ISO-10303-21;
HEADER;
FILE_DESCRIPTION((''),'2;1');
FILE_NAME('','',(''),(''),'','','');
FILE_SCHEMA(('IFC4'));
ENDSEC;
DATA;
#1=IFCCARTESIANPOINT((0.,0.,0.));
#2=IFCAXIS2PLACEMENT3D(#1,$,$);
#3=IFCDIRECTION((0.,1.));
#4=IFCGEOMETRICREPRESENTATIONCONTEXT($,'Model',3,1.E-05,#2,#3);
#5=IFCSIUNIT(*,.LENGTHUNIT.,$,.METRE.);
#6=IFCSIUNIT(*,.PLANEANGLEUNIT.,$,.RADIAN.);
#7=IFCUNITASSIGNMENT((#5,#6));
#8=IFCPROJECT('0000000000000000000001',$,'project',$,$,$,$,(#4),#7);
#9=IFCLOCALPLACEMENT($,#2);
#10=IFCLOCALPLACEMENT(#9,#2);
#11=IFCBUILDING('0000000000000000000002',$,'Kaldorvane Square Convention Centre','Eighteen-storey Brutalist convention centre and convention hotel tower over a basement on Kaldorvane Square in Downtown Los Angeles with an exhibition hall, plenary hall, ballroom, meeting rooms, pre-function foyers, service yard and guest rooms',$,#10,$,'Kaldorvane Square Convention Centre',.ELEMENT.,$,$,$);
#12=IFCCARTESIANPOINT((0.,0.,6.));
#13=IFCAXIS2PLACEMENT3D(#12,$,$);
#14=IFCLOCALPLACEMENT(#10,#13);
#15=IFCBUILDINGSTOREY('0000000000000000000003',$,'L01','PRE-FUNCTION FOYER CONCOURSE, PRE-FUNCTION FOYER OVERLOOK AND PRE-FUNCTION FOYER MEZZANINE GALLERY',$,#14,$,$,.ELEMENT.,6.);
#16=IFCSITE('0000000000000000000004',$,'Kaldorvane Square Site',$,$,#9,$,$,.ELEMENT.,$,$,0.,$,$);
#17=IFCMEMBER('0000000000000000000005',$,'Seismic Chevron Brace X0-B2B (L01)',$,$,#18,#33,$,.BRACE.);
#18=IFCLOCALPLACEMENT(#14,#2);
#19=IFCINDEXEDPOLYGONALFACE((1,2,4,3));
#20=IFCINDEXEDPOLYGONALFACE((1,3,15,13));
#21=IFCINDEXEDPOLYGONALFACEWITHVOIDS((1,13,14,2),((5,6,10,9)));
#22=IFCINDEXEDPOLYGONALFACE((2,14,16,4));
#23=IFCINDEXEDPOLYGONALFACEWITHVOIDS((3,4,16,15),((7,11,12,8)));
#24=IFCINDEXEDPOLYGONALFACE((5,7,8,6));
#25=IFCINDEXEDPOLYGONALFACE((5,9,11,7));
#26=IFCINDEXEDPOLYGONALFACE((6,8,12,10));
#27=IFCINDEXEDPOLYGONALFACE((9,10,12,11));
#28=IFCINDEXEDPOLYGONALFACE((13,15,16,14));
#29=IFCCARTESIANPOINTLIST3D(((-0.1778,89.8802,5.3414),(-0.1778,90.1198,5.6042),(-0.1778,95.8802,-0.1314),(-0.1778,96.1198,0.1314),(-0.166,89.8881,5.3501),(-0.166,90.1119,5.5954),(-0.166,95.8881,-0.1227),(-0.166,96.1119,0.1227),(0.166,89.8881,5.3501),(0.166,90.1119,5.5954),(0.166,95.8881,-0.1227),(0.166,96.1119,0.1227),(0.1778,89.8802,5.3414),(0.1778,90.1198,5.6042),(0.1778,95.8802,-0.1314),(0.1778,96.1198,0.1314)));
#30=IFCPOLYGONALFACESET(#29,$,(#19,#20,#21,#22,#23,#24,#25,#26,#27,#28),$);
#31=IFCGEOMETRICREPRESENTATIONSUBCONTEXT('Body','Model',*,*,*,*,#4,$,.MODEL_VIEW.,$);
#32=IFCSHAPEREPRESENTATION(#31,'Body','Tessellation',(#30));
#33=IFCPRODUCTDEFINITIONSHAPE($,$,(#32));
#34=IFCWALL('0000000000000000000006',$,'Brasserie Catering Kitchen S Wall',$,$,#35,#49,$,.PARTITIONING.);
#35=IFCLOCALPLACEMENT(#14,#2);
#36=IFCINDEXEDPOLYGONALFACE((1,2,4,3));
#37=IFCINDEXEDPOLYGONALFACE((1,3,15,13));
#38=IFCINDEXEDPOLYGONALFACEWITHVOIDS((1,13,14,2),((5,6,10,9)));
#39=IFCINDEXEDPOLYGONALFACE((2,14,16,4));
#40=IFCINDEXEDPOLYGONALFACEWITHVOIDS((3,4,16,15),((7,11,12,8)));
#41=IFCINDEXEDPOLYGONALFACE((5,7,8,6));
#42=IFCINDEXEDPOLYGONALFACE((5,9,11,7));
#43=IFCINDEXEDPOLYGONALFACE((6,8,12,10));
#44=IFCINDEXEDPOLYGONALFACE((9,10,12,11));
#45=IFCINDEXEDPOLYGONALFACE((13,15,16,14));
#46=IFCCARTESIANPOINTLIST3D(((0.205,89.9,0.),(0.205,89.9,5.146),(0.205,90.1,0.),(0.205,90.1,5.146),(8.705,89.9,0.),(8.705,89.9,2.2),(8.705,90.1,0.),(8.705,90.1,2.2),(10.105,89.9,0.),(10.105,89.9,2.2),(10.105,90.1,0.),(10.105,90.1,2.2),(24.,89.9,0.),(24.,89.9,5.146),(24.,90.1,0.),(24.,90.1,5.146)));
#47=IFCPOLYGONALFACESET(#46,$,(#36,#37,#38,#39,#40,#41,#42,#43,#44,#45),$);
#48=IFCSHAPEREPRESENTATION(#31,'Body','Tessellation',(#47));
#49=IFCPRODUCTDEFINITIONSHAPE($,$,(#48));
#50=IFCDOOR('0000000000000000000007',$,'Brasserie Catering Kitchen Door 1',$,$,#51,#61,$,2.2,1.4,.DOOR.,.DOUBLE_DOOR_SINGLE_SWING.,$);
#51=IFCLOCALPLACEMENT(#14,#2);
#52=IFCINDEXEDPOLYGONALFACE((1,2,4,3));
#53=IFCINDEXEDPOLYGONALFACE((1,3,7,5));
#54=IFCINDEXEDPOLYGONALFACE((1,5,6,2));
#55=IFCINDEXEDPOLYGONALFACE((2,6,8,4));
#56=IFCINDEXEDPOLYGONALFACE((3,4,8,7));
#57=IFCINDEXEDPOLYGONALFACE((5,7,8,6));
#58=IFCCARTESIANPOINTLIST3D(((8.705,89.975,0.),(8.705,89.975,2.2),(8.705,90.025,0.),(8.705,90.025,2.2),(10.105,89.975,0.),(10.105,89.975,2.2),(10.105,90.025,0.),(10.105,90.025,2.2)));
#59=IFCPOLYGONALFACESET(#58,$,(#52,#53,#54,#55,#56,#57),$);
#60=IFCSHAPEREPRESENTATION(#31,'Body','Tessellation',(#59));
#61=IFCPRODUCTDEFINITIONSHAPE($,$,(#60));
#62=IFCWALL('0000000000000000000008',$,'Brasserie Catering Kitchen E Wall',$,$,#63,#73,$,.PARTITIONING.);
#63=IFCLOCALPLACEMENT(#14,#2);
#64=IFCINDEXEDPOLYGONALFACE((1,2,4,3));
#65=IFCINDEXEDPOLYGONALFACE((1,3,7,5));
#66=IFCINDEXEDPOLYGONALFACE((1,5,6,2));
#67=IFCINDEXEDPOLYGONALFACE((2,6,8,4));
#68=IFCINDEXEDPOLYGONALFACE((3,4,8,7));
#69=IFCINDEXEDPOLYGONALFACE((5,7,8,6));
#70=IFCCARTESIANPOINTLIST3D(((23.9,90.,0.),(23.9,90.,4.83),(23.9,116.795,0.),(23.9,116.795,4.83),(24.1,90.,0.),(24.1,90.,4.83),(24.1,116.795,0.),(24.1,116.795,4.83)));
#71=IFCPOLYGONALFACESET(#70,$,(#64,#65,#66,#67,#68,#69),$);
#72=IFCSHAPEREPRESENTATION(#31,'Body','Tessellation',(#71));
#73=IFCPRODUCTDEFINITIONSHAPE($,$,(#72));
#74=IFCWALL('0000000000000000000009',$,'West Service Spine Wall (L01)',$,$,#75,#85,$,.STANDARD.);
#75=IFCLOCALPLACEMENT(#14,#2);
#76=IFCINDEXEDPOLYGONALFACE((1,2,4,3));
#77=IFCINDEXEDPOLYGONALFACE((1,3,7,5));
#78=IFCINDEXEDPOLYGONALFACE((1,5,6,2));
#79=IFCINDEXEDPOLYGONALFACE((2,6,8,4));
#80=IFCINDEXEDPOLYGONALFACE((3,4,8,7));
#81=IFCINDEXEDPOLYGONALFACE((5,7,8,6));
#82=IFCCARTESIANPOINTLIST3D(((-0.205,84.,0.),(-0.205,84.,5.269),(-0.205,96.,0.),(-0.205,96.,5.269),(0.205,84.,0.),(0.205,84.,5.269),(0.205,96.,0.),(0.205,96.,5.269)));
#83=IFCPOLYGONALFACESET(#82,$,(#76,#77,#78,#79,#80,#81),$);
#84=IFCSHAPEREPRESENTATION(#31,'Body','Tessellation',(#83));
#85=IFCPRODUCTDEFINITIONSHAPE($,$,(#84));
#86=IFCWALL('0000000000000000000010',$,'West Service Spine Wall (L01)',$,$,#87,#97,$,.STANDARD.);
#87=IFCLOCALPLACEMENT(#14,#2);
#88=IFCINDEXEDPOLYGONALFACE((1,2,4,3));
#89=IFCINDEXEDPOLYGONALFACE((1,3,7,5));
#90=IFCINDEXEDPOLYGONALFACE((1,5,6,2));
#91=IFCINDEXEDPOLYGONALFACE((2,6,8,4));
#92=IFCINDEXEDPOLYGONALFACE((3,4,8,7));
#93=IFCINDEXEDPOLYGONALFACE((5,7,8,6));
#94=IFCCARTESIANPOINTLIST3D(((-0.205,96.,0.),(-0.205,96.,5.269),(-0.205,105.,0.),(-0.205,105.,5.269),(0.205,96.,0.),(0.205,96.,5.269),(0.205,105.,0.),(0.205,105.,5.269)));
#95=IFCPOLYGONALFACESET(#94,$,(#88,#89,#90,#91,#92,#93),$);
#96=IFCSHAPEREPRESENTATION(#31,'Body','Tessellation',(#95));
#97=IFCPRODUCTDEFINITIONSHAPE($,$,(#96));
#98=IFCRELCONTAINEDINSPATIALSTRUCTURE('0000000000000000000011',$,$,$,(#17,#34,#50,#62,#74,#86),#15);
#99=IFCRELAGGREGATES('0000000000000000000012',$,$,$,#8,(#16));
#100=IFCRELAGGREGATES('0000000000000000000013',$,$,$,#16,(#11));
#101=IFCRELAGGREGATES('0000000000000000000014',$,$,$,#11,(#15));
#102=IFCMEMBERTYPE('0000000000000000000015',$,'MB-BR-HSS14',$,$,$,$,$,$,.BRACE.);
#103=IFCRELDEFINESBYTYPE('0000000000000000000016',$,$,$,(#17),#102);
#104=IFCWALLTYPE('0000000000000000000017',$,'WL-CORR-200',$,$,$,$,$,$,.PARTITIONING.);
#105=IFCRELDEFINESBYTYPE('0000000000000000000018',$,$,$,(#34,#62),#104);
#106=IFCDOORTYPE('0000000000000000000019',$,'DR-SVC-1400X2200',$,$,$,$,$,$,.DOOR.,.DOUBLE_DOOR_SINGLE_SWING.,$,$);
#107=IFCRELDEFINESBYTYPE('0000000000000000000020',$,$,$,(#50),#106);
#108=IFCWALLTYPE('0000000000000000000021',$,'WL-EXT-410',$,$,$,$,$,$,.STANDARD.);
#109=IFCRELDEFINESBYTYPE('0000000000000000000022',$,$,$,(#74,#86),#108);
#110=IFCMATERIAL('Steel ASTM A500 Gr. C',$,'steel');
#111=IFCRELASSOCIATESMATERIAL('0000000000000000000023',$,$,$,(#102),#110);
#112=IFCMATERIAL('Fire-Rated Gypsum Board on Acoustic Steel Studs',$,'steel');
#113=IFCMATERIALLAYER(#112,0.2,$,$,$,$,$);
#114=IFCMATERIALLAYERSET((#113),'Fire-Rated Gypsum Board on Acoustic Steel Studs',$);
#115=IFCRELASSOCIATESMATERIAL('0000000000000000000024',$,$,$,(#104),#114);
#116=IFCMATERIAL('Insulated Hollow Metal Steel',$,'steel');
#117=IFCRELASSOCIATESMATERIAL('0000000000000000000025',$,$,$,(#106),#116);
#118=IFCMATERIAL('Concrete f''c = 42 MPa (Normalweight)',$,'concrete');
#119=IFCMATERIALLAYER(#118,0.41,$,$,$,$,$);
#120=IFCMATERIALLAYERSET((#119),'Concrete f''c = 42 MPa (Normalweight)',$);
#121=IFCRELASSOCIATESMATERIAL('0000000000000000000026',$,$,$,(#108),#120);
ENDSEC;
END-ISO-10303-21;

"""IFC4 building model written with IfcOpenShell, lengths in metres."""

from ifc_helpers import new_model, si_unit, direction, frame, frame_2d, origin, origin_2d, place, context, subcontext, project, spatial, rectangle, hollow_rectangle, extrude, material, layer, layer_set, material_profile, profile_set, type_object, element, fill, save


model = new_model("IFC4")

# Units and contexts
model_context = context("Model", 3, precision=1e-05, world=origin(), true_north=direction((0.0, 1.0)))
body_context = subcontext(model_context, "Body", "Model", "MODEL_VIEW")
ifc_project = project(units=[si_unit("LENGTHUNIT", "METRE"), si_unit("PLANEANGLEUNIT", "RADIAN")], contexts=[model_context])

# Site, building, storey
site_placement = place(None, origin())
site = spatial("IfcSite", under=ifc_project, at=site_placement, Name="Kaldorvane Square Site", CompositionType="ELEMENT", RefElevation=0.0)
building_placement = place(site_placement, origin())
building = spatial("IfcBuilding", under=site, at=building_placement, Name="Kaldorvane Square Convention Centre", Description="Eighteen-storey Brutalist convention centre and convention hotel tower over a basement on Kaldorvane Square in Downtown Los Angeles with an exhibition hall, plenary hall, ballroom, meeting rooms, pre-function foyers, service yard and guest rooms", LongName="Kaldorvane Square Convention Centre", CompositionType="ELEMENT")
storey_placement = place(building_placement, frame((0.0, 0.0, 6.0)))
storey = spatial("IfcBuildingStorey", under=building, at=storey_placement, Name="L01", Description="PRE-FUNCTION FOYER CONCOURSE, PRE-FUNCTION FOYER OVERLOOK AND PRE-FUNCTION FOYER MEZZANINE GALLERY", CompositionType="ELEMENT", Elevation=6.0)

# Shared definitions
ifc_material_1 = material(Name="Steel ASTM A500 Gr. C", Category="steel")

# Member
ifc_material_profile_1 = material_profile(ifc_material_1, hollow_rectangle(XDim=0.3556, YDim=0.3556, WallThickness=0.0118, at=origin_2d()), Name="HSS14X14X1/2")
ifc_profile_set_1 = profile_set([ifc_material_profile_1], Name="Steel ASTM A500 Gr. C")
member_type = type_object("IfcMemberType", Name="MB-BR-HSS14", PredefinedType="BRACE", material=ifc_profile_set_1)
member_placement = place(storey_placement, frame((0.0, 96.0, 0.0), z_axis=(0.0, -0.738821, 0.673902), x_axis=(1.0, 0.0, 0.0)))
element("IfcMember", 1, at=member_placement, inside=storey, type_object=member_type, Name="Seismic Chevron Brace X0-B2B (L01)", PredefinedType="BRACE", context=body_context, shape_type="SweptSolid", body=[
    extrude(hollow_rectangle(XDim=0.3556, YDim=0.3556, WallThickness=0.0118, at=origin_2d()), origin(), (0.0, 0.0, 1.0), 8.121),
])

# Wall, opening, door
ifc_material_2 = material(Name="Fire-Rated Gypsum Board on Acoustic Steel Studs", Category="steel")
ifc_layer_1 = layer(ifc_material_2, 0.2)
ifc_layer_set_1 = layer_set([ifc_layer_1], Name="Fire-Rated Gypsum Board on Acoustic Steel Studs")
wall_type_1 = type_object("IfcWallType", Name="WL-CORR-200", PredefinedType="PARTITIONING", material=ifc_layer_set_1)
wall_1_placement = place(storey_placement, frame((0.205, 90.0, 0.0), z_axis=(0.0, 0.0, 1.0), x_axis=(1.0, 0.0, 0.0)))
wall_1 = element("IfcWall", 2, at=wall_1_placement, inside=storey, type_object=wall_type_1, Name="Brasserie Catering Kitchen S Wall", PredefinedType="PARTITIONING", context=body_context, shape_type="SweptSolid", body=[
    extrude(rectangle(XDim=23.795, YDim=0.2, at=frame_2d((11.8975, 0.0))), origin(), (0.0, 0.0, 1.0), 5.146),
])
opening_placement = place(wall_1_placement, frame((8.5, 0.0, 0.0)))
opening = element("IfcOpeningElement", 3, at=opening_placement, cuts=wall_1, PredefinedType="OPENING", context=body_context, shape_type="SweptSolid", body=[
    extrude(rectangle(XDim=1.4, YDim=2.2, at=frame_2d((0.7, 1.1))), frame((0.0, 0.115, 0.0), z_axis=(0.0, -1.0, 0.0), x_axis=(1.0, 0.0, 0.0)), (0.0, 0.0, 1.0), 0.23),
])
ifc_material_3 = material(Name="Insulated Hollow Metal Steel", Category="steel")
door_type = type_object("IfcDoorType", Name="DR-SVC-1400X2200", OperationType="DOUBLE_DOOR_SINGLE_SWING", PredefinedType="DOOR", material=ifc_material_3)
door_placement = place(opening_placement, origin())
door = element("IfcDoor", 4, at=door_placement, inside=storey, type_object=door_type, Name="Brasserie Catering Kitchen Door 1", OperationType="DOUBLE_DOOR_SINGLE_SWING", OverallHeight=2.2, OverallWidth=1.4, PredefinedType="DOOR", context=body_context, shape_type="SweptSolid", body=[
    extrude(rectangle(XDim=1.4, YDim=2.2, at=frame_2d((0.7, 1.1))), frame((0.0, 0.025, 0.0), z_axis=(0.0, -1.0, 0.0), x_axis=(1.0, 0.0, 0.0)), (0.0, 0.0, 1.0), 0.05),
])
fill(opening, door)

# Walls
wall_2_placement = place(storey_placement, frame((24.0, 90.0, 0.0), z_axis=(0.0, 0.0, 1.0), x_axis=(0.0, 1.0, 0.0)))
element("IfcWall", 5, at=wall_2_placement, inside=storey, type_object=wall_type_1, Name="Brasserie Catering Kitchen E Wall", PredefinedType="PARTITIONING", context=body_context, shape_type="SweptSolid", body=[
    extrude(rectangle(XDim=26.795, YDim=0.2, at=frame_2d((13.3975, 0.0))), origin(), (0.0, 0.0, 1.0), 4.83),
])
ifc_material_4 = material(Name="Concrete f'c = 42 MPa (Normalweight)", Category="concrete")
ifc_layer_2 = layer(ifc_material_4, 0.41)
ifc_layer_set_2 = layer_set([ifc_layer_2], Name="Concrete f'c = 42 MPa (Normalweight)")
wall_type_2 = type_object("IfcWallType", Name="WL-EXT-410", PredefinedType="STANDARD", material=ifc_layer_set_2)
wall_3_placement = place(storey_placement, frame((0.0, 96.0, 0.0), z_axis=(0.0, 0.0, 1.0), x_axis=(0.0, -1.0, 0.0)))
element("IfcWall", 6, at=wall_3_placement, inside=storey, type_object=wall_type_2, Name="West Service Spine Wall (L01)", PredefinedType="STANDARD", context=body_context, shape_type="SweptSolid", body=[
    extrude(rectangle(XDim=12.0, YDim=0.41, at=frame_2d((6.0, 0.0))), origin(), (0.0, 0.0, 1.0), 5.269),
])
wall_4_placement = place(storey_placement, frame((0.0, 105.0, 0.0), z_axis=(0.0, 0.0, 1.0), x_axis=(0.0, -1.0, 0.0)))
element("IfcWall", 7, at=wall_4_placement, inside=storey, type_object=wall_type_2, Name="West Service Spine Wall (L01)", PredefinedType="STANDARD", context=body_context, shape_type="SweptSolid", body=[
    extrude(rectangle(XDim=9.0, YDim=0.41, at=frame_2d((4.5, 0.0))), origin(), (0.0, 0.0, 1.0), 5.269),
])

save(model, "model.ifc")
